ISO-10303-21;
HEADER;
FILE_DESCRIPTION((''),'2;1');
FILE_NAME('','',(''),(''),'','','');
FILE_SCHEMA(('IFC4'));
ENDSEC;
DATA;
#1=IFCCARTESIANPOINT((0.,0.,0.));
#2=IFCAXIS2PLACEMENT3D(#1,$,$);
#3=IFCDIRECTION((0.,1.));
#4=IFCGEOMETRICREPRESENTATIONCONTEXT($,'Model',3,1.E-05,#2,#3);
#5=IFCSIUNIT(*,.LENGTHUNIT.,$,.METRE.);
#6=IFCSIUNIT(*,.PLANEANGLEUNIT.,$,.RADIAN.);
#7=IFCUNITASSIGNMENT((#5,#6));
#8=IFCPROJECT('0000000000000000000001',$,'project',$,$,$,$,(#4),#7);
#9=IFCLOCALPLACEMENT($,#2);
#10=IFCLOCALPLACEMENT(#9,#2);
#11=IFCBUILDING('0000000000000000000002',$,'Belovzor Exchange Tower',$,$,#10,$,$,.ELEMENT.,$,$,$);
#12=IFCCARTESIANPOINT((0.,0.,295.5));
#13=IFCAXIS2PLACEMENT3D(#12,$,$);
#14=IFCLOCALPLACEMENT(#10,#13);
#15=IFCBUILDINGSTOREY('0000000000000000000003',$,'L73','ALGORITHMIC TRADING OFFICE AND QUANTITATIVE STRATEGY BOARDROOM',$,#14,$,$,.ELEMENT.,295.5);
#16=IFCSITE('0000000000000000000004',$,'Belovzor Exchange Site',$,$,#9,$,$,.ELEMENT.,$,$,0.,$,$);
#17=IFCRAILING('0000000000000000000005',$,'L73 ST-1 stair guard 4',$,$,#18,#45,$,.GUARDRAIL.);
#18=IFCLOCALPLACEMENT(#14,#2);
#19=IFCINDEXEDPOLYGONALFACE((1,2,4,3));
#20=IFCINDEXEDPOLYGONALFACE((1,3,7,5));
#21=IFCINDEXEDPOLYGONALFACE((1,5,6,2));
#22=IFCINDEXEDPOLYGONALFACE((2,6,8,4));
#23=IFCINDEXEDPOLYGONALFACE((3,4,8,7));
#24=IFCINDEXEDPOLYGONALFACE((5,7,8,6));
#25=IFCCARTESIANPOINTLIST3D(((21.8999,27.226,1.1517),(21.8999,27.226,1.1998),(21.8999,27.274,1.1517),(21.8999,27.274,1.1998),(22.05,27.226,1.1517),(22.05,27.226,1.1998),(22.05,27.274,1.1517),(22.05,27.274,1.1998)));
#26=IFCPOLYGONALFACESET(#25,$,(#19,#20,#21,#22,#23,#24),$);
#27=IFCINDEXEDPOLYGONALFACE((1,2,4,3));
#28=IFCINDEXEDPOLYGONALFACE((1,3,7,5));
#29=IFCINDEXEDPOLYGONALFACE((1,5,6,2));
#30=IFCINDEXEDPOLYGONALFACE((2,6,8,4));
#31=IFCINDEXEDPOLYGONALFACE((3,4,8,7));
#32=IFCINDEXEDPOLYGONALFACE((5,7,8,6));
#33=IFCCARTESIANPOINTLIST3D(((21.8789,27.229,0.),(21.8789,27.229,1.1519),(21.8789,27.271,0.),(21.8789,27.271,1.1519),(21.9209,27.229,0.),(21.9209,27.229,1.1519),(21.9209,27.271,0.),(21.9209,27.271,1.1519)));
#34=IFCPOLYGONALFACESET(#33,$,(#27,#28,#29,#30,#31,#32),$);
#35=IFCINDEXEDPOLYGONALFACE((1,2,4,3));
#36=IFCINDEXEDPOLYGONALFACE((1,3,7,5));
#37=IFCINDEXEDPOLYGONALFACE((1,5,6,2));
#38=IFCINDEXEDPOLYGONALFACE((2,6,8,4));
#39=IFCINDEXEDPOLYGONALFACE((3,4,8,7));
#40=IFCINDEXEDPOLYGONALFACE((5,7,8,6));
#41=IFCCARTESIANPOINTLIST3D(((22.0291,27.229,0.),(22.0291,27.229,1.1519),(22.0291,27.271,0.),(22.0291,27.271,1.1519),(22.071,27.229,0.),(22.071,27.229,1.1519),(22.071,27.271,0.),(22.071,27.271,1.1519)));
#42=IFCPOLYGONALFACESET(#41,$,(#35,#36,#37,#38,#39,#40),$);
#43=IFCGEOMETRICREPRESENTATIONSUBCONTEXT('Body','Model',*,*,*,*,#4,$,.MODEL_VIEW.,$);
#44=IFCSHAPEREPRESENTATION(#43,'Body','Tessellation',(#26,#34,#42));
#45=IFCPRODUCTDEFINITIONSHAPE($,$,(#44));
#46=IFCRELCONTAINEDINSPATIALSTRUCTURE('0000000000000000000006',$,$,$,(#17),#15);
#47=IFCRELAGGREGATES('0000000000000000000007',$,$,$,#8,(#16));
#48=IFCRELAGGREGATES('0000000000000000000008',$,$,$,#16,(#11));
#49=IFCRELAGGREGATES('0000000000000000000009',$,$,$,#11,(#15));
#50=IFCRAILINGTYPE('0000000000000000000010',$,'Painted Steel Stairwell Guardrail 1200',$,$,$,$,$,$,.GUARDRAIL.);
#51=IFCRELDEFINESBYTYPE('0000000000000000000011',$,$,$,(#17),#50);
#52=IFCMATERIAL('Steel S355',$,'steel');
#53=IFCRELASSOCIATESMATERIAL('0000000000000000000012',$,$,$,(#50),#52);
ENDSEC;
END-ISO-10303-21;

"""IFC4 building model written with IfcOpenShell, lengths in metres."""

from ifc_helpers import new_model, si_unit, direction, frame, origin, origin_2d, place, context, subcontext, project, spatial, rectangle, extrude, material, type_object, element, save


model = new_model("IFC4")

# Units and contexts
model_context = context("Model", 3, precision=1e-05, world=origin(), true_north=direction((0.0, 1.0)))
body_context = subcontext(model_context, "Body", "Model", "MODEL_VIEW")
ifc_project = project(units=[si_unit("LENGTHUNIT", "METRE"), si_unit("PLANEANGLEUNIT", "RADIAN")], contexts=[model_context])

# Site, building, storey
site_placement = place(None, origin())
site = spatial("IfcSite", under=ifc_project, at=site_placement, Name="Belovzor Exchange Site", CompositionType="ELEMENT", RefElevation=0.0)
building_placement = place(site_placement, origin())
building = spatial("IfcBuilding", under=site, at=building_placement, Name="Belovzor Exchange Tower", CompositionType="ELEMENT")
storey_placement = place(building_placement, frame((0.0, 0.0, 295.5)))
storey = spatial("IfcBuildingStorey", under=building, at=storey_placement, Name="L73", Description="ALGORITHMIC TRADING OFFICE AND QUANTITATIVE STRATEGY BOARDROOM", CompositionType="ELEMENT", Elevation=295.5)

# Railing
ifc_material_1 = material(Name="Steel S355", Category="steel")
railing_type_1 = type_object("IfcRailingType", Name="Painted Steel Stairwell Guardrail 1200", PredefinedType="GUARDRAIL", material=ifc_material_1)
railing_1_placement = place(storey_placement, frame((21.8999, 27.25, 0.0)))
element("IfcRailing", 1, at=railing_1_placement, inside=storey, type_object=railing_type_1, Name="L73 ST-1 stair guard 4", PredefinedType="GUARDRAIL", context=body_context, shape_type="SweptSolid", body=[
    extrude(rectangle(XDim=0.0481, YDim=0.0481, at=origin_2d()), frame((0.0, 0.0, 1.1758), z_axis=(1.0, 0.0, 0.0), x_axis=(0.0, 1.0, 0.0)), (0.0, 0.0, 1.0), 0.1501),
    extrude(rectangle(XDim=0.042, YDim=0.042, at=origin_2d()), origin(), (0.0, 0.0, 1.0), 1.1519),
    extrude(rectangle(XDim=0.042, YDim=0.042, at=origin_2d()), frame((0.1501, 0.0, 0.0)), (0.0, 0.0, 1.0), 1.1519),
])

save(model, "model.ifc")
